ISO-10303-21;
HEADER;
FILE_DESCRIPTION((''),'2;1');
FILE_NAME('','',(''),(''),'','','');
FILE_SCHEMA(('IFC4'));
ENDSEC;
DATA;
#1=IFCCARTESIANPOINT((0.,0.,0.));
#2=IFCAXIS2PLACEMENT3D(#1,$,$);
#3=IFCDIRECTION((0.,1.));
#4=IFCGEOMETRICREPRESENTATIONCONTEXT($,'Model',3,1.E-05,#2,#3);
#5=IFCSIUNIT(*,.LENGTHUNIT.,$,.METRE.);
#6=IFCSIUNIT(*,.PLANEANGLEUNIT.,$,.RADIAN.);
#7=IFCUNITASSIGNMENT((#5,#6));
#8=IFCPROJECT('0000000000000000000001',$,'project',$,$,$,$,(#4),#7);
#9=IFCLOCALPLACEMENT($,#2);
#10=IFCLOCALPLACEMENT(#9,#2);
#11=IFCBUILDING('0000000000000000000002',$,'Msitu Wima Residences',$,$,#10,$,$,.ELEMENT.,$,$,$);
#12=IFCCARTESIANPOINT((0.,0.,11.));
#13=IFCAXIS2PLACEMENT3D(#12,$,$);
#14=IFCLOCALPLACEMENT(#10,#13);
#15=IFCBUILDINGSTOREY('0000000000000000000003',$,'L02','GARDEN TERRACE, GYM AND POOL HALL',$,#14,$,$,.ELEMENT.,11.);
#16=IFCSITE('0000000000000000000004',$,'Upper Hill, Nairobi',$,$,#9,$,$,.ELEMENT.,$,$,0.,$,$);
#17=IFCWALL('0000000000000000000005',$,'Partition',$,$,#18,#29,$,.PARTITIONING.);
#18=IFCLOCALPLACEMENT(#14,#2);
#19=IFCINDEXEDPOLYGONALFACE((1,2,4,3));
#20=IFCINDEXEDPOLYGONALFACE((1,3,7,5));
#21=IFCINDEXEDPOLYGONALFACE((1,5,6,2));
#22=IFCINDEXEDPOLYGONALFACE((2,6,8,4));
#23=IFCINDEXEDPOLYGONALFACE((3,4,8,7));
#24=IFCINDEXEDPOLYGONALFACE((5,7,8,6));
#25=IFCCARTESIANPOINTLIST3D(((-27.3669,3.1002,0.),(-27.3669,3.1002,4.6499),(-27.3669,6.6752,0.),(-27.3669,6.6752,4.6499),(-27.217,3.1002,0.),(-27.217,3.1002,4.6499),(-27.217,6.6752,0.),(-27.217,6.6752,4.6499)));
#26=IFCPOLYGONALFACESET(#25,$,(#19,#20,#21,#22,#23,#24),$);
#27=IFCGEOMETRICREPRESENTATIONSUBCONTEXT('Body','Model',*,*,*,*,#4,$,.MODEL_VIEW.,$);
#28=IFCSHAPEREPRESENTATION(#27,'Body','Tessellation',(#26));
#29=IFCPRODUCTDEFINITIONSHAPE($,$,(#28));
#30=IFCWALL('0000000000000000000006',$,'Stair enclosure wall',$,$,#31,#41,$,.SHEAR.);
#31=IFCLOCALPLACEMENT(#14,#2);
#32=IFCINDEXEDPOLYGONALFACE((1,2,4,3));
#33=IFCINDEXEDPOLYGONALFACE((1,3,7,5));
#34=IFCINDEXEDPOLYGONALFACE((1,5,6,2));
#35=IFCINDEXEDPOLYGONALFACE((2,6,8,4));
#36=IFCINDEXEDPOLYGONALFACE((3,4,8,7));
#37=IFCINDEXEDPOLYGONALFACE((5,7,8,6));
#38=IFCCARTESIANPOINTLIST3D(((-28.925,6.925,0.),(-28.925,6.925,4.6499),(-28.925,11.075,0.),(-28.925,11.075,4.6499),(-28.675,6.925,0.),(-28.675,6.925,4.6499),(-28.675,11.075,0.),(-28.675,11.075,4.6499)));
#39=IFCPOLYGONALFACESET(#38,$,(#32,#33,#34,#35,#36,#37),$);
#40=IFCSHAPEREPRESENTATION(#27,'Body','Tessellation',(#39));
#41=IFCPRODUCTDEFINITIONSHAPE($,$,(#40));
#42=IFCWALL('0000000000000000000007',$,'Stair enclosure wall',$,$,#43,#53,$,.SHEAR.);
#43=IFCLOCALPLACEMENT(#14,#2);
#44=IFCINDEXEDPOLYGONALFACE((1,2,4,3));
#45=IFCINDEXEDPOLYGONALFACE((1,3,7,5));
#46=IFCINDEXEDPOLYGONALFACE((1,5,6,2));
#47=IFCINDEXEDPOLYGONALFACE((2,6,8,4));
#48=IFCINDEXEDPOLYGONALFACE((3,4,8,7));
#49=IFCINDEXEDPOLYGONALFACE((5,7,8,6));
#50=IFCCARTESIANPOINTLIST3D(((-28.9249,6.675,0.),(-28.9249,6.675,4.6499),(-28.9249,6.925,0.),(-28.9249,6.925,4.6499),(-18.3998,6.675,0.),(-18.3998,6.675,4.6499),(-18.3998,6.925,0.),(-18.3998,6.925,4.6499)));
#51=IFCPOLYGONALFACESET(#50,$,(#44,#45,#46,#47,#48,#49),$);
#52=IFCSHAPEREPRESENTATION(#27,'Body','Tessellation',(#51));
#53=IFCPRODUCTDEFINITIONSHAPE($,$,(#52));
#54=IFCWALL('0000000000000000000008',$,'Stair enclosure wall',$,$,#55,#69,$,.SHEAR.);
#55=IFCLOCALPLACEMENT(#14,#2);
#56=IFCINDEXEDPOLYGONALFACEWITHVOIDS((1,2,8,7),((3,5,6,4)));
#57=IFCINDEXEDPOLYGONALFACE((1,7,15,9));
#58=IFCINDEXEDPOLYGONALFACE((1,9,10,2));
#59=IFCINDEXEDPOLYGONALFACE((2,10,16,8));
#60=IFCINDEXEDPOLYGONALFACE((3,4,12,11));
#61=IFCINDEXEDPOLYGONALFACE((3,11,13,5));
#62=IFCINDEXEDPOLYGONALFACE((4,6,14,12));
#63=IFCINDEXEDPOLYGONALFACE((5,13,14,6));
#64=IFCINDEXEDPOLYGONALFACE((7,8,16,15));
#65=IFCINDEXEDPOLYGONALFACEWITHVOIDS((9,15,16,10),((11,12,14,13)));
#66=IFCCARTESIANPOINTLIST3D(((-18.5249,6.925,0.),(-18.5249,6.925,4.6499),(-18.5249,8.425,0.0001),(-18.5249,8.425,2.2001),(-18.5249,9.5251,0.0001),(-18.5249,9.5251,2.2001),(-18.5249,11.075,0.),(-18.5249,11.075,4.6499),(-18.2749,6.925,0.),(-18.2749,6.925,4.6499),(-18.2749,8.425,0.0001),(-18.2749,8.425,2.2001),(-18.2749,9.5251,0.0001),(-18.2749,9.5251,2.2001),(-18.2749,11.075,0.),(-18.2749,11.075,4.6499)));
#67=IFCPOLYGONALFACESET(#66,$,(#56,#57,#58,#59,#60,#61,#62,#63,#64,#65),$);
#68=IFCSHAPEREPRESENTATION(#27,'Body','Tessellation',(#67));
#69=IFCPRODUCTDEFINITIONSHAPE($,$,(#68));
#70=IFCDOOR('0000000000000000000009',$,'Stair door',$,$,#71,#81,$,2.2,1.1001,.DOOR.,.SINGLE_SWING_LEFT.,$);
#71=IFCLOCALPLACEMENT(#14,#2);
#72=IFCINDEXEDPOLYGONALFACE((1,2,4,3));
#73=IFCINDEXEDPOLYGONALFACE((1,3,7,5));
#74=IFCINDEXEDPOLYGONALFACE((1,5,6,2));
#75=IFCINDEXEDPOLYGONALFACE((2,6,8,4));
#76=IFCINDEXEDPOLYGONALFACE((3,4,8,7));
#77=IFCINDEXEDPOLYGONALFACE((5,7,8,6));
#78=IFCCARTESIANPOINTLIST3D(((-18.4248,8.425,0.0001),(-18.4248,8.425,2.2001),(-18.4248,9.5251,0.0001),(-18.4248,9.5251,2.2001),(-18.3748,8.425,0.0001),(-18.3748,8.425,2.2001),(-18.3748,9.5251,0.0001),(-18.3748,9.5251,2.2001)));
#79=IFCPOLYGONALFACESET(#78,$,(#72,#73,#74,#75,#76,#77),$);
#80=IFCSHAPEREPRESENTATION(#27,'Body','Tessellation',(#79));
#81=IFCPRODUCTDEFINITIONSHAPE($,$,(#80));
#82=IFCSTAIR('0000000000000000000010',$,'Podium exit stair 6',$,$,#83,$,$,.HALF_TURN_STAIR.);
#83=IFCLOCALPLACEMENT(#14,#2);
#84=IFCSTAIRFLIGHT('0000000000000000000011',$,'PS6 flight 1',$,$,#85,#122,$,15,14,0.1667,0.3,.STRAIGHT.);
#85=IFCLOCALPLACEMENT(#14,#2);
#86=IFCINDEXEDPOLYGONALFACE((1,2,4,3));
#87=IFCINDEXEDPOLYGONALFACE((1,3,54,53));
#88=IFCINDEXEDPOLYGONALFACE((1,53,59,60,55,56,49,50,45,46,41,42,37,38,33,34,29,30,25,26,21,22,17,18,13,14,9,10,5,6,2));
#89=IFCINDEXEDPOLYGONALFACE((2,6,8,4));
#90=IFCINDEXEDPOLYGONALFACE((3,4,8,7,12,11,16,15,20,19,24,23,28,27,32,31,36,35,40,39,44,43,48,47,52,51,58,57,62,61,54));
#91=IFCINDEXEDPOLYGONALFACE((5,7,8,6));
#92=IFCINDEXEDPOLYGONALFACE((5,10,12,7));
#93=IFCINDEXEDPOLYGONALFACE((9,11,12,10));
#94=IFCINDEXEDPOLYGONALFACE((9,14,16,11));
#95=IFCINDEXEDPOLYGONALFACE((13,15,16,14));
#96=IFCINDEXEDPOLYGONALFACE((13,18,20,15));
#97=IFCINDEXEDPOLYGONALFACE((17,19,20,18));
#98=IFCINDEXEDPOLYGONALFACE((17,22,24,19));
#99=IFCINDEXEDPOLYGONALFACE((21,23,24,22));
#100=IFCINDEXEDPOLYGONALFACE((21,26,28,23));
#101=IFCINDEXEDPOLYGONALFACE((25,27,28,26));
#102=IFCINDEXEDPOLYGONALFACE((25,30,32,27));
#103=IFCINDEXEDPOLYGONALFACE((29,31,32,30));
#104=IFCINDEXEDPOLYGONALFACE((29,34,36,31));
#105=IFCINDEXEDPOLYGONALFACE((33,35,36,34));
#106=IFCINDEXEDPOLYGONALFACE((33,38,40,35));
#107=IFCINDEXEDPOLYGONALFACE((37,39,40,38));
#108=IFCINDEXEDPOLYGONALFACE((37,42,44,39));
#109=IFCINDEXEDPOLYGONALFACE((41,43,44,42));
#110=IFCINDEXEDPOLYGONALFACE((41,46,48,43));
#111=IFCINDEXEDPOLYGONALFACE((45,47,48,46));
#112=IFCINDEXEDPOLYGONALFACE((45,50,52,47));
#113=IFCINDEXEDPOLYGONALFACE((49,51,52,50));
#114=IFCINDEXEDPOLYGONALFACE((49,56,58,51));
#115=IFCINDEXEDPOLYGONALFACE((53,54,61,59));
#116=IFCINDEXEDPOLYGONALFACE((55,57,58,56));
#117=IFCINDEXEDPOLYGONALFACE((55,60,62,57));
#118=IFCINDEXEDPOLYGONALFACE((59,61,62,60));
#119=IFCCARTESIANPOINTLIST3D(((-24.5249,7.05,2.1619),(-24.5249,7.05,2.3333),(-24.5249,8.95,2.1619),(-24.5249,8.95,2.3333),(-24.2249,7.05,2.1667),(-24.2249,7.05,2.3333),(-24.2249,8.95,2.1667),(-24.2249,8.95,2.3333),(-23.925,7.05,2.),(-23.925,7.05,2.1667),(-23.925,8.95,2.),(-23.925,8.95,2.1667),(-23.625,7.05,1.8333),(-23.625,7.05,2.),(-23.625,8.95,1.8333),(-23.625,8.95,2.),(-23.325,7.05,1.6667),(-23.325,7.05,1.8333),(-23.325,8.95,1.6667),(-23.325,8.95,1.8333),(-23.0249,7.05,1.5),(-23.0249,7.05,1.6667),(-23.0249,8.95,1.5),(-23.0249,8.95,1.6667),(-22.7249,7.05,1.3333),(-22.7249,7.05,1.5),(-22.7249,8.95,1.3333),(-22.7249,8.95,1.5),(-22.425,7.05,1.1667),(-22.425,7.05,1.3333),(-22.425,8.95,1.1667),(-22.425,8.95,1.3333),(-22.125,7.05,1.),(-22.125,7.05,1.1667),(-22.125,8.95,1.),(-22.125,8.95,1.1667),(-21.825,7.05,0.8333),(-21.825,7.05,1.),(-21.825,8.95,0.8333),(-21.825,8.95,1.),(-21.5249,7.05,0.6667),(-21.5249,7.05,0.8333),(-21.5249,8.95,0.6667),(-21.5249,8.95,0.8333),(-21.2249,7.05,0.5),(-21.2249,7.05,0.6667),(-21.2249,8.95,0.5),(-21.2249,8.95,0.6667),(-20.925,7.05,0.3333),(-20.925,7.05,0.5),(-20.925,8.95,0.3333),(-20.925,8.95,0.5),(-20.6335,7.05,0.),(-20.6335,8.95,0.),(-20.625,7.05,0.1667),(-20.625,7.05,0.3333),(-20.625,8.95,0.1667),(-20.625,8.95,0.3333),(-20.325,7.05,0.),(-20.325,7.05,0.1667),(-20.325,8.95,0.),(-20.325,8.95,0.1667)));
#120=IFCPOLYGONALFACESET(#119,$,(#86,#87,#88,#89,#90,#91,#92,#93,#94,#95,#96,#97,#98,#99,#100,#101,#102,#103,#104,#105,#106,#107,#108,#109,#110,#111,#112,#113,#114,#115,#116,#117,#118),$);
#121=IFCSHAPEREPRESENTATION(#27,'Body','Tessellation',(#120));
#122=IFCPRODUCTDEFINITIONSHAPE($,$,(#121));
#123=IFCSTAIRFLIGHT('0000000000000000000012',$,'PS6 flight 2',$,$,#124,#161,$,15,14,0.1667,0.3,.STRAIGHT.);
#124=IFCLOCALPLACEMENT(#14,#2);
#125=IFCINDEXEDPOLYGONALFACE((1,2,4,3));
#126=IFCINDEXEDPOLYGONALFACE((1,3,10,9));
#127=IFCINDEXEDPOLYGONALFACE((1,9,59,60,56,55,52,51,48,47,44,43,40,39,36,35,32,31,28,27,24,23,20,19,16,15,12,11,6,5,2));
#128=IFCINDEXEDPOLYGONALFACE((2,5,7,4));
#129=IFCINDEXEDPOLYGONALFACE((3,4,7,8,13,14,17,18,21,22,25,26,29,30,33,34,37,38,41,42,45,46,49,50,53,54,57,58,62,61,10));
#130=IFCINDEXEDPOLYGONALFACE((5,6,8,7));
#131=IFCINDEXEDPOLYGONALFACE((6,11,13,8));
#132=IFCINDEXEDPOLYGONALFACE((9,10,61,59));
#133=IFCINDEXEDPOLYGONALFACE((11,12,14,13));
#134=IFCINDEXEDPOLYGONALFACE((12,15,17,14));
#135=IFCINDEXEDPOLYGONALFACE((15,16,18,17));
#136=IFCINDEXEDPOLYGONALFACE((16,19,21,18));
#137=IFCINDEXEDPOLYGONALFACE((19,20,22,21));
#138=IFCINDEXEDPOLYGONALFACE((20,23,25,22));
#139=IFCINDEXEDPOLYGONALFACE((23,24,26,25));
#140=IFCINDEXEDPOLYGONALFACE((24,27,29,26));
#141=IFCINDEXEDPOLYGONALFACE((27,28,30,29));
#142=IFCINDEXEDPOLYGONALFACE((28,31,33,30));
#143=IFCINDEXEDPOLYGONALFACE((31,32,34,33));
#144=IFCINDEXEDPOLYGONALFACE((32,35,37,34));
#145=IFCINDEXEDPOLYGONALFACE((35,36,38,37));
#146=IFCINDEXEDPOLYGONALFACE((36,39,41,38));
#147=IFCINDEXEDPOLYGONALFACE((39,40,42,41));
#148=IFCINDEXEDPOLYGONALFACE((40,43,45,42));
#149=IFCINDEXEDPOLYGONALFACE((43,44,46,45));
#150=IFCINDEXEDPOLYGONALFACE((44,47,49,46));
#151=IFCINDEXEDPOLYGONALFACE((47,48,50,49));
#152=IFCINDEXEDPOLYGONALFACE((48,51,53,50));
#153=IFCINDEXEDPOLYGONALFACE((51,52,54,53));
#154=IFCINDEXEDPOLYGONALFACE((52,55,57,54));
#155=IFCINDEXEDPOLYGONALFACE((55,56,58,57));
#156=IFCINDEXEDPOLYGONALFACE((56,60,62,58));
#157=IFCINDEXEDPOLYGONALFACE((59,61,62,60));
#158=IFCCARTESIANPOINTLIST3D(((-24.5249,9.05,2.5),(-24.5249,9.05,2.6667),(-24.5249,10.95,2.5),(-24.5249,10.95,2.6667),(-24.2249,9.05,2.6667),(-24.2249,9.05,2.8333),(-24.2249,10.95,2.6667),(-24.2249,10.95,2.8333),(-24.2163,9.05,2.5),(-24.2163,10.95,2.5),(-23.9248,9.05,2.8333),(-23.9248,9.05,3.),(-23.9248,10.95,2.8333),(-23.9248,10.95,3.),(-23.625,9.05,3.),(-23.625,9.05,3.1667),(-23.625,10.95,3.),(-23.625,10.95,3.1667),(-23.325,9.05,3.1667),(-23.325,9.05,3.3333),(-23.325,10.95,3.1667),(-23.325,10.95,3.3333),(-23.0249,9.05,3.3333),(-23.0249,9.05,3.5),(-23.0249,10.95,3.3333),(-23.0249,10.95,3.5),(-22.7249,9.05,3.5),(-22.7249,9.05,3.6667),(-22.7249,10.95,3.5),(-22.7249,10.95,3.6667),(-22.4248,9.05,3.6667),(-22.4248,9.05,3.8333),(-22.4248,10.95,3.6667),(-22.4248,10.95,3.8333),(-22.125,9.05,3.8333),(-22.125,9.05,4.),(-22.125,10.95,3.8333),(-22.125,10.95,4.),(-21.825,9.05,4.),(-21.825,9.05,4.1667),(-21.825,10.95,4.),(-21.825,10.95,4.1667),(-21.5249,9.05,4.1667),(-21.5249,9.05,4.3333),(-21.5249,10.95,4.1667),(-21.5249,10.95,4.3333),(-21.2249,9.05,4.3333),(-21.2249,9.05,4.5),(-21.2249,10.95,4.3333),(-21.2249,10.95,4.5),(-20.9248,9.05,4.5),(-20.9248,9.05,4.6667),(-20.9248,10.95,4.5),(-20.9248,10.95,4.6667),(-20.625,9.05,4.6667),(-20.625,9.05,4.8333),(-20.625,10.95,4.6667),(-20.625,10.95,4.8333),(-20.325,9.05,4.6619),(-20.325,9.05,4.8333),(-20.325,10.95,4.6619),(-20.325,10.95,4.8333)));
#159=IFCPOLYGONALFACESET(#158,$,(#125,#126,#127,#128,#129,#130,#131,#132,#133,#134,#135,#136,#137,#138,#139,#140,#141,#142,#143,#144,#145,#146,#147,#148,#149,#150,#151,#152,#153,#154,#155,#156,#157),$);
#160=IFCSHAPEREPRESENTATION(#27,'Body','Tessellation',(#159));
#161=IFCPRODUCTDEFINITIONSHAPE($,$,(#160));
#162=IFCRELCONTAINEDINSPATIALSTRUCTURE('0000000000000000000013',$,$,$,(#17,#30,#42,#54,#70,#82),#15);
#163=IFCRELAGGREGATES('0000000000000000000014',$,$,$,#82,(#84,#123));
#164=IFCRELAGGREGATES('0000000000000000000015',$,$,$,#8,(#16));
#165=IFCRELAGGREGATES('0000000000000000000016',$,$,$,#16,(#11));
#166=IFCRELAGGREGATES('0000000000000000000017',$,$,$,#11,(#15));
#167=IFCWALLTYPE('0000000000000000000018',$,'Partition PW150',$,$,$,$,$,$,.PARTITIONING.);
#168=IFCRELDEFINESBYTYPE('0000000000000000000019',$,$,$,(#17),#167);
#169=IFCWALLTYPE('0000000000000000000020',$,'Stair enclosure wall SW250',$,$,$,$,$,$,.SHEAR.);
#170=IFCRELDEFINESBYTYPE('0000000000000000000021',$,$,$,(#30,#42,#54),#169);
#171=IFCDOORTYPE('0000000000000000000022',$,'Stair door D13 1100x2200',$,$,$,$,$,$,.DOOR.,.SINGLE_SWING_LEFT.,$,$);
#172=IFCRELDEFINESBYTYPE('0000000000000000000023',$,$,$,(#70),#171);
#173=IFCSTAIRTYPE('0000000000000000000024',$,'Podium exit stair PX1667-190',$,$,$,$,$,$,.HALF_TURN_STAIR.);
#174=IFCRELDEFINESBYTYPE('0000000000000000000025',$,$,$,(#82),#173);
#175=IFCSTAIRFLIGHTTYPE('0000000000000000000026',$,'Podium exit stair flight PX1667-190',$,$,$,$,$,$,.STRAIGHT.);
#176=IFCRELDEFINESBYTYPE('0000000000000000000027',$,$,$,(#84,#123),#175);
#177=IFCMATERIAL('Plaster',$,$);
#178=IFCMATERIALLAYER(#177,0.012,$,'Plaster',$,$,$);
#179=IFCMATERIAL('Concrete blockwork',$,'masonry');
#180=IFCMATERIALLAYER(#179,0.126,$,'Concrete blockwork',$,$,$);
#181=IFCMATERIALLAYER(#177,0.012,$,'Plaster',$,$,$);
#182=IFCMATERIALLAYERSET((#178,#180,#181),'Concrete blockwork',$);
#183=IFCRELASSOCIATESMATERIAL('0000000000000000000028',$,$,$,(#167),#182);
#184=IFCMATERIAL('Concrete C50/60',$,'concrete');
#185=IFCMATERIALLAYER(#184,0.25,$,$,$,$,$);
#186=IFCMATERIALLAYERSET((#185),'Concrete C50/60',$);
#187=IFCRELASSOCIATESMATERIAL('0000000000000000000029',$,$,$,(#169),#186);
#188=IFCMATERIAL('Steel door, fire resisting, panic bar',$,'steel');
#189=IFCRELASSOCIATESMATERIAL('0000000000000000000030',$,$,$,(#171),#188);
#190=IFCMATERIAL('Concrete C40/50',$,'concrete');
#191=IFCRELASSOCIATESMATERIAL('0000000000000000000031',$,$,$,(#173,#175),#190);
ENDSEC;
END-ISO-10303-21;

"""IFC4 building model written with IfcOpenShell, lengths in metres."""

from ifc_helpers import new_model, si_unit, direction, frame, frame_2d, origin, place, context, subcontext, project, spatial, polyline, rectangle, outline, extrude, material, layer, layer_set, type_object, element, fill, aggregate, save


model = new_model("IFC4")

# Units and contexts
model_context = context("Model", 3, precision=1e-05, world=origin(), true_north=direction((0.0, 1.0)))
body_context = subcontext(model_context, "Body", "Model", "MODEL_VIEW")
ifc_project = project(units=[si_unit("LENGTHUNIT", "METRE"), si_unit("PLANEANGLEUNIT", "RADIAN")], contexts=[model_context])

# Site, building, storey
site_placement = place(None, origin())
site = spatial("IfcSite", under=ifc_project, at=site_placement, Name="Upper Hill, Nairobi", CompositionType="ELEMENT", RefElevation=0.0)
building_placement = place(site_placement, origin())
building = spatial("IfcBuilding", under=site, at=building_placement, Name="Msitu Wima Residences", CompositionType="ELEMENT")
storey_placement = place(building_placement, frame((0.0, 0.0, 11.0)))
storey = spatial("IfcBuildingStorey", under=building, at=storey_placement, Name="L02", Description="GARDEN TERRACE, GYM AND POOL HALL", CompositionType="ELEMENT", Elevation=11.0)

# Shared definitions
ifc_material_1 = material(Name="Concrete C40/50", Category="concrete")

# Shared definitions
ifc_material_2 = material(Name="Plaster")
ifc_material_3 = material(Name="Concrete blockwork", Category="masonry")

# Walls
ifc_layer_1 = layer(ifc_material_2, 0.012, Name="Plaster")
ifc_layer_2 = layer(ifc_material_3, 0.126, Name="Concrete blockwork")
ifc_layer_3 = layer(ifc_material_2, 0.012, Name="Plaster")
ifc_layer_set_1 = layer_set([ifc_layer_1, ifc_layer_2, ifc_layer_3], Name="Concrete blockwork")
wall_type_1 = type_object("IfcWallType", Name="Partition PW150", PredefinedType="PARTITIONING", material=ifc_layer_set_1)
wall_1_placement = place(storey_placement, frame((-27.292, 3.1001, 0.0), z_axis=(0.0, 0.0, 1.0), x_axis=(0.0, 1.0, 0.0)))
element("IfcWall", 1, at=wall_1_placement, inside=storey, type_object=wall_type_1, Name="Partition", PredefinedType="PARTITIONING", context=body_context, shape_type="SweptSolid", body=[
    extrude(rectangle(XDim=3.575, YDim=0.1499, at=frame_2d((1.7876, 0.0))), origin(), (0.0, 0.0, 1.0), 4.6499),
])
ifc_material_4 = material(Name="Concrete C50/60", Category="concrete")
ifc_layer_4 = layer(ifc_material_4, 0.25)
ifc_layer_set_2 = layer_set([ifc_layer_4], Name="Concrete C50/60")
wall_type_2 = type_object("IfcWallType", Name="Stair enclosure wall SW250", PredefinedType="SHEAR", material=ifc_layer_set_2)
wall_2_placement = place(storey_placement, frame((-28.8, 6.925, 0.0), z_axis=(0.0, 0.0, 1.0), x_axis=(0.0, 1.0, 0.0)))
element("IfcWall", 2, at=wall_2_placement, inside=storey, type_object=wall_type_2, Name="Stair enclosure wall", PredefinedType="SHEAR", context=body_context, shape_type="SweptSolid", body=[
    extrude(rectangle(XDim=4.1499, YDim=0.25, at=frame_2d((2.075, 0.0))), origin(), (0.0, 0.0, 1.0), 4.6499),
])
wall_3_placement = place(storey_placement, frame((-28.925, 6.8, 0.0), z_axis=(0.0, 0.0, 1.0), x_axis=(1.0, 0.0, 0.0)))
element("IfcWall", 3, at=wall_3_placement, inside=storey, type_object=wall_type_2, Name="Stair enclosure wall", PredefinedType="SHEAR", context=body_context, shape_type="SweptSolid", body=[
    extrude(rectangle(XDim=10.5251, YDim=0.25, at=frame_2d((5.2627, 0.0))), origin(), (0.0, 0.0, 1.0), 4.6499),
])

# Wall, opening, door
wall_4_placement = place(storey_placement, frame((-18.3999, 6.925, 0.0), z_axis=(0.0, 0.0, 1.0), x_axis=(0.0, 1.0, 0.0)))
wall_4 = element("IfcWall", 4, at=wall_4_placement, inside=storey, type_object=wall_type_2, Name="Stair enclosure wall", PredefinedType="SHEAR", context=body_context, shape_type="SweptSolid", body=[
    extrude(rectangle(XDim=4.1499, YDim=0.25, at=frame_2d((2.075, 0.0))), origin(), (0.0, 0.0, 1.0), 4.6499),
])
opening_1_placement = place(wall_4_placement, frame((1.5, 0.0, 0.0)))
opening_1 = element("IfcOpeningElement", 5, at=opening_1_placement, cuts=wall_4, PredefinedType="OPENING", context=body_context, shape_type="SweptSolid", body=[
    extrude(rectangle(XDim=1.1001, YDim=2.2, at=frame_2d((0.55, 1.1001))), frame((0.0, 0.135, 0.0), z_axis=(0.0, -1.0, 0.0), x_axis=(1.0, 0.0, 0.0)), (0.0, 0.0, 1.0), 0.27),
])
ifc_material_5 = material(Name="Steel door, fire resisting, panic bar", Category="steel")
door_type_1 = type_object("IfcDoorType", Name="Stair door D13 1100x2200", OperationType="SINGLE_SWING_LEFT", PredefinedType="DOOR", material=ifc_material_5)
door_1_placement = place(opening_1_placement, origin())
door_1 = element("IfcDoor", 6, at=door_1_placement, inside=storey, type_object=door_type_1, Name="Stair door", OperationType="SINGLE_SWING_LEFT", OverallHeight=2.2, OverallWidth=1.1001, PredefinedType="DOOR", context=body_context, shape_type="SweptSolid", body=[
    extrude(rectangle(XDim=1.1001, YDim=2.2, at=frame_2d((0.55, 1.1001))), frame((0.0, 0.0249, 0.0), z_axis=(0.0, -1.0, 0.0), x_axis=(1.0, 0.0, 0.0)), (0.0, 0.0, 1.0), 0.05),
])
fill(opening_1, door_1)

# Stair, stair flights
stair_type = type_object("IfcStairType", Name="Podium exit stair PX1667-190", PredefinedType="HALF_TURN_STAIR", material=ifc_material_1)
stair_placement = place(storey_placement, origin())
stair = element("IfcStair", 7, at=stair_placement, inside=storey, type_object=stair_type, Name="Podium exit stair 6", PredefinedType="HALF_TURN_STAIR")
stair_flight_type = type_object("IfcStairFlightType", Name="Podium exit stair flight PX1667-190", PredefinedType="STRAIGHT", material=ifc_material_1)
stair_flight_1_placement = place(storey_placement, frame((-20.325, 8.0, 0.0), z_axis=(0.0, 0.0, 1.0), x_axis=(-1.0, 0.0, 0.0)))
stair_flight_1 = element("IfcStairFlight", 8, at=stair_flight_1_placement, type_object=stair_flight_type, Name="PS6 flight 1", NumberOfRisers=15, NumberOfTreads=14, PredefinedType="STRAIGHT", RiserHeight=0.1667, TreadLength=0.3, context=body_context, shape_type="SweptSolid", body=[
    extrude(outline(polyline([(0.0, 0.0), (0.0, 0.1667), (0.3, 0.1667), (0.3, 0.3333), (0.6001, 0.3333), (0.6001, 0.5), (0.8999, 0.5), (0.8999, 0.6667), (1.2, 0.6667), (1.2, 0.8333), (1.5, 0.8333), (1.5, 1.0), (1.8, 1.0), (1.8, 1.1667), (2.1001, 1.1667), (2.1001, 1.3333), (2.3999, 1.3333), (2.3999, 1.5), (2.7, 1.5), (2.7, 1.6667), (3.0, 1.6667), (3.0, 1.8333), (3.3, 1.8333), (3.3, 2.0), (3.6001, 2.0), (3.6001, 2.1667), (3.8999, 2.1667), (3.8999, 2.3333), (4.2, 2.3333), (4.2, 2.5), (4.2, 2.1619), (0.3086, 0.0), (0.0, 0.0)])), frame((0.0, 0.95, 0.0), z_axis=(0.0, -1.0, 0.0), x_axis=(1.0, 0.0, 0.0)), (0.0, 0.0, 1.0), 1.8999),
])
stair_flight_2_placement = place(storey_placement, frame((-24.5249, 10.0, 2.5), z_axis=(0.0, 0.0, 1.0), x_axis=(1.0, 0.0, 0.0)))
stair_flight_2 = element("IfcStairFlight", 9, at=stair_flight_2_placement, type_object=stair_flight_type, Name="PS6 flight 2", NumberOfRisers=15, NumberOfTreads=14, PredefinedType="STRAIGHT", RiserHeight=0.1667, TreadLength=0.3, context=body_context, shape_type="SweptSolid", body=[
    extrude(outline(polyline([(0.0, 0.0), (0.0, 0.1667), (0.3, 0.1667), (0.3, 0.3333), (0.6001, 0.3333), (0.6001, 0.5), (0.8999, 0.5), (0.8999, 0.6667), (1.2, 0.6667), (1.2, 0.8333), (1.5, 0.8333), (1.5, 1.0), (1.8, 1.0), (1.8, 1.1667), (2.1001, 1.1667), (2.1001, 1.3333), (2.3999, 1.3333), (2.3999, 1.5), (2.7, 1.5), (2.7, 1.6667), (3.0, 1.6667), (3.0, 1.8333), (3.3, 1.8333), (3.3, 2.0), (3.6001, 2.0), (3.6001, 2.1667), (3.8999, 2.1667), (3.8999, 2.3333), (4.2, 2.3333), (4.2, 2.5), (4.2, 2.1619), (0.3086, 0.0), (0.0, 0.0)])), frame((0.0, 0.95, 0.0), z_axis=(0.0, -1.0, 0.0), x_axis=(1.0, 0.0, 0.0)), (0.0, 0.0, 1.0), 1.8999),
])
aggregate(stair, [stair_flight_1, stair_flight_2])

save(model, "model.ifc")
